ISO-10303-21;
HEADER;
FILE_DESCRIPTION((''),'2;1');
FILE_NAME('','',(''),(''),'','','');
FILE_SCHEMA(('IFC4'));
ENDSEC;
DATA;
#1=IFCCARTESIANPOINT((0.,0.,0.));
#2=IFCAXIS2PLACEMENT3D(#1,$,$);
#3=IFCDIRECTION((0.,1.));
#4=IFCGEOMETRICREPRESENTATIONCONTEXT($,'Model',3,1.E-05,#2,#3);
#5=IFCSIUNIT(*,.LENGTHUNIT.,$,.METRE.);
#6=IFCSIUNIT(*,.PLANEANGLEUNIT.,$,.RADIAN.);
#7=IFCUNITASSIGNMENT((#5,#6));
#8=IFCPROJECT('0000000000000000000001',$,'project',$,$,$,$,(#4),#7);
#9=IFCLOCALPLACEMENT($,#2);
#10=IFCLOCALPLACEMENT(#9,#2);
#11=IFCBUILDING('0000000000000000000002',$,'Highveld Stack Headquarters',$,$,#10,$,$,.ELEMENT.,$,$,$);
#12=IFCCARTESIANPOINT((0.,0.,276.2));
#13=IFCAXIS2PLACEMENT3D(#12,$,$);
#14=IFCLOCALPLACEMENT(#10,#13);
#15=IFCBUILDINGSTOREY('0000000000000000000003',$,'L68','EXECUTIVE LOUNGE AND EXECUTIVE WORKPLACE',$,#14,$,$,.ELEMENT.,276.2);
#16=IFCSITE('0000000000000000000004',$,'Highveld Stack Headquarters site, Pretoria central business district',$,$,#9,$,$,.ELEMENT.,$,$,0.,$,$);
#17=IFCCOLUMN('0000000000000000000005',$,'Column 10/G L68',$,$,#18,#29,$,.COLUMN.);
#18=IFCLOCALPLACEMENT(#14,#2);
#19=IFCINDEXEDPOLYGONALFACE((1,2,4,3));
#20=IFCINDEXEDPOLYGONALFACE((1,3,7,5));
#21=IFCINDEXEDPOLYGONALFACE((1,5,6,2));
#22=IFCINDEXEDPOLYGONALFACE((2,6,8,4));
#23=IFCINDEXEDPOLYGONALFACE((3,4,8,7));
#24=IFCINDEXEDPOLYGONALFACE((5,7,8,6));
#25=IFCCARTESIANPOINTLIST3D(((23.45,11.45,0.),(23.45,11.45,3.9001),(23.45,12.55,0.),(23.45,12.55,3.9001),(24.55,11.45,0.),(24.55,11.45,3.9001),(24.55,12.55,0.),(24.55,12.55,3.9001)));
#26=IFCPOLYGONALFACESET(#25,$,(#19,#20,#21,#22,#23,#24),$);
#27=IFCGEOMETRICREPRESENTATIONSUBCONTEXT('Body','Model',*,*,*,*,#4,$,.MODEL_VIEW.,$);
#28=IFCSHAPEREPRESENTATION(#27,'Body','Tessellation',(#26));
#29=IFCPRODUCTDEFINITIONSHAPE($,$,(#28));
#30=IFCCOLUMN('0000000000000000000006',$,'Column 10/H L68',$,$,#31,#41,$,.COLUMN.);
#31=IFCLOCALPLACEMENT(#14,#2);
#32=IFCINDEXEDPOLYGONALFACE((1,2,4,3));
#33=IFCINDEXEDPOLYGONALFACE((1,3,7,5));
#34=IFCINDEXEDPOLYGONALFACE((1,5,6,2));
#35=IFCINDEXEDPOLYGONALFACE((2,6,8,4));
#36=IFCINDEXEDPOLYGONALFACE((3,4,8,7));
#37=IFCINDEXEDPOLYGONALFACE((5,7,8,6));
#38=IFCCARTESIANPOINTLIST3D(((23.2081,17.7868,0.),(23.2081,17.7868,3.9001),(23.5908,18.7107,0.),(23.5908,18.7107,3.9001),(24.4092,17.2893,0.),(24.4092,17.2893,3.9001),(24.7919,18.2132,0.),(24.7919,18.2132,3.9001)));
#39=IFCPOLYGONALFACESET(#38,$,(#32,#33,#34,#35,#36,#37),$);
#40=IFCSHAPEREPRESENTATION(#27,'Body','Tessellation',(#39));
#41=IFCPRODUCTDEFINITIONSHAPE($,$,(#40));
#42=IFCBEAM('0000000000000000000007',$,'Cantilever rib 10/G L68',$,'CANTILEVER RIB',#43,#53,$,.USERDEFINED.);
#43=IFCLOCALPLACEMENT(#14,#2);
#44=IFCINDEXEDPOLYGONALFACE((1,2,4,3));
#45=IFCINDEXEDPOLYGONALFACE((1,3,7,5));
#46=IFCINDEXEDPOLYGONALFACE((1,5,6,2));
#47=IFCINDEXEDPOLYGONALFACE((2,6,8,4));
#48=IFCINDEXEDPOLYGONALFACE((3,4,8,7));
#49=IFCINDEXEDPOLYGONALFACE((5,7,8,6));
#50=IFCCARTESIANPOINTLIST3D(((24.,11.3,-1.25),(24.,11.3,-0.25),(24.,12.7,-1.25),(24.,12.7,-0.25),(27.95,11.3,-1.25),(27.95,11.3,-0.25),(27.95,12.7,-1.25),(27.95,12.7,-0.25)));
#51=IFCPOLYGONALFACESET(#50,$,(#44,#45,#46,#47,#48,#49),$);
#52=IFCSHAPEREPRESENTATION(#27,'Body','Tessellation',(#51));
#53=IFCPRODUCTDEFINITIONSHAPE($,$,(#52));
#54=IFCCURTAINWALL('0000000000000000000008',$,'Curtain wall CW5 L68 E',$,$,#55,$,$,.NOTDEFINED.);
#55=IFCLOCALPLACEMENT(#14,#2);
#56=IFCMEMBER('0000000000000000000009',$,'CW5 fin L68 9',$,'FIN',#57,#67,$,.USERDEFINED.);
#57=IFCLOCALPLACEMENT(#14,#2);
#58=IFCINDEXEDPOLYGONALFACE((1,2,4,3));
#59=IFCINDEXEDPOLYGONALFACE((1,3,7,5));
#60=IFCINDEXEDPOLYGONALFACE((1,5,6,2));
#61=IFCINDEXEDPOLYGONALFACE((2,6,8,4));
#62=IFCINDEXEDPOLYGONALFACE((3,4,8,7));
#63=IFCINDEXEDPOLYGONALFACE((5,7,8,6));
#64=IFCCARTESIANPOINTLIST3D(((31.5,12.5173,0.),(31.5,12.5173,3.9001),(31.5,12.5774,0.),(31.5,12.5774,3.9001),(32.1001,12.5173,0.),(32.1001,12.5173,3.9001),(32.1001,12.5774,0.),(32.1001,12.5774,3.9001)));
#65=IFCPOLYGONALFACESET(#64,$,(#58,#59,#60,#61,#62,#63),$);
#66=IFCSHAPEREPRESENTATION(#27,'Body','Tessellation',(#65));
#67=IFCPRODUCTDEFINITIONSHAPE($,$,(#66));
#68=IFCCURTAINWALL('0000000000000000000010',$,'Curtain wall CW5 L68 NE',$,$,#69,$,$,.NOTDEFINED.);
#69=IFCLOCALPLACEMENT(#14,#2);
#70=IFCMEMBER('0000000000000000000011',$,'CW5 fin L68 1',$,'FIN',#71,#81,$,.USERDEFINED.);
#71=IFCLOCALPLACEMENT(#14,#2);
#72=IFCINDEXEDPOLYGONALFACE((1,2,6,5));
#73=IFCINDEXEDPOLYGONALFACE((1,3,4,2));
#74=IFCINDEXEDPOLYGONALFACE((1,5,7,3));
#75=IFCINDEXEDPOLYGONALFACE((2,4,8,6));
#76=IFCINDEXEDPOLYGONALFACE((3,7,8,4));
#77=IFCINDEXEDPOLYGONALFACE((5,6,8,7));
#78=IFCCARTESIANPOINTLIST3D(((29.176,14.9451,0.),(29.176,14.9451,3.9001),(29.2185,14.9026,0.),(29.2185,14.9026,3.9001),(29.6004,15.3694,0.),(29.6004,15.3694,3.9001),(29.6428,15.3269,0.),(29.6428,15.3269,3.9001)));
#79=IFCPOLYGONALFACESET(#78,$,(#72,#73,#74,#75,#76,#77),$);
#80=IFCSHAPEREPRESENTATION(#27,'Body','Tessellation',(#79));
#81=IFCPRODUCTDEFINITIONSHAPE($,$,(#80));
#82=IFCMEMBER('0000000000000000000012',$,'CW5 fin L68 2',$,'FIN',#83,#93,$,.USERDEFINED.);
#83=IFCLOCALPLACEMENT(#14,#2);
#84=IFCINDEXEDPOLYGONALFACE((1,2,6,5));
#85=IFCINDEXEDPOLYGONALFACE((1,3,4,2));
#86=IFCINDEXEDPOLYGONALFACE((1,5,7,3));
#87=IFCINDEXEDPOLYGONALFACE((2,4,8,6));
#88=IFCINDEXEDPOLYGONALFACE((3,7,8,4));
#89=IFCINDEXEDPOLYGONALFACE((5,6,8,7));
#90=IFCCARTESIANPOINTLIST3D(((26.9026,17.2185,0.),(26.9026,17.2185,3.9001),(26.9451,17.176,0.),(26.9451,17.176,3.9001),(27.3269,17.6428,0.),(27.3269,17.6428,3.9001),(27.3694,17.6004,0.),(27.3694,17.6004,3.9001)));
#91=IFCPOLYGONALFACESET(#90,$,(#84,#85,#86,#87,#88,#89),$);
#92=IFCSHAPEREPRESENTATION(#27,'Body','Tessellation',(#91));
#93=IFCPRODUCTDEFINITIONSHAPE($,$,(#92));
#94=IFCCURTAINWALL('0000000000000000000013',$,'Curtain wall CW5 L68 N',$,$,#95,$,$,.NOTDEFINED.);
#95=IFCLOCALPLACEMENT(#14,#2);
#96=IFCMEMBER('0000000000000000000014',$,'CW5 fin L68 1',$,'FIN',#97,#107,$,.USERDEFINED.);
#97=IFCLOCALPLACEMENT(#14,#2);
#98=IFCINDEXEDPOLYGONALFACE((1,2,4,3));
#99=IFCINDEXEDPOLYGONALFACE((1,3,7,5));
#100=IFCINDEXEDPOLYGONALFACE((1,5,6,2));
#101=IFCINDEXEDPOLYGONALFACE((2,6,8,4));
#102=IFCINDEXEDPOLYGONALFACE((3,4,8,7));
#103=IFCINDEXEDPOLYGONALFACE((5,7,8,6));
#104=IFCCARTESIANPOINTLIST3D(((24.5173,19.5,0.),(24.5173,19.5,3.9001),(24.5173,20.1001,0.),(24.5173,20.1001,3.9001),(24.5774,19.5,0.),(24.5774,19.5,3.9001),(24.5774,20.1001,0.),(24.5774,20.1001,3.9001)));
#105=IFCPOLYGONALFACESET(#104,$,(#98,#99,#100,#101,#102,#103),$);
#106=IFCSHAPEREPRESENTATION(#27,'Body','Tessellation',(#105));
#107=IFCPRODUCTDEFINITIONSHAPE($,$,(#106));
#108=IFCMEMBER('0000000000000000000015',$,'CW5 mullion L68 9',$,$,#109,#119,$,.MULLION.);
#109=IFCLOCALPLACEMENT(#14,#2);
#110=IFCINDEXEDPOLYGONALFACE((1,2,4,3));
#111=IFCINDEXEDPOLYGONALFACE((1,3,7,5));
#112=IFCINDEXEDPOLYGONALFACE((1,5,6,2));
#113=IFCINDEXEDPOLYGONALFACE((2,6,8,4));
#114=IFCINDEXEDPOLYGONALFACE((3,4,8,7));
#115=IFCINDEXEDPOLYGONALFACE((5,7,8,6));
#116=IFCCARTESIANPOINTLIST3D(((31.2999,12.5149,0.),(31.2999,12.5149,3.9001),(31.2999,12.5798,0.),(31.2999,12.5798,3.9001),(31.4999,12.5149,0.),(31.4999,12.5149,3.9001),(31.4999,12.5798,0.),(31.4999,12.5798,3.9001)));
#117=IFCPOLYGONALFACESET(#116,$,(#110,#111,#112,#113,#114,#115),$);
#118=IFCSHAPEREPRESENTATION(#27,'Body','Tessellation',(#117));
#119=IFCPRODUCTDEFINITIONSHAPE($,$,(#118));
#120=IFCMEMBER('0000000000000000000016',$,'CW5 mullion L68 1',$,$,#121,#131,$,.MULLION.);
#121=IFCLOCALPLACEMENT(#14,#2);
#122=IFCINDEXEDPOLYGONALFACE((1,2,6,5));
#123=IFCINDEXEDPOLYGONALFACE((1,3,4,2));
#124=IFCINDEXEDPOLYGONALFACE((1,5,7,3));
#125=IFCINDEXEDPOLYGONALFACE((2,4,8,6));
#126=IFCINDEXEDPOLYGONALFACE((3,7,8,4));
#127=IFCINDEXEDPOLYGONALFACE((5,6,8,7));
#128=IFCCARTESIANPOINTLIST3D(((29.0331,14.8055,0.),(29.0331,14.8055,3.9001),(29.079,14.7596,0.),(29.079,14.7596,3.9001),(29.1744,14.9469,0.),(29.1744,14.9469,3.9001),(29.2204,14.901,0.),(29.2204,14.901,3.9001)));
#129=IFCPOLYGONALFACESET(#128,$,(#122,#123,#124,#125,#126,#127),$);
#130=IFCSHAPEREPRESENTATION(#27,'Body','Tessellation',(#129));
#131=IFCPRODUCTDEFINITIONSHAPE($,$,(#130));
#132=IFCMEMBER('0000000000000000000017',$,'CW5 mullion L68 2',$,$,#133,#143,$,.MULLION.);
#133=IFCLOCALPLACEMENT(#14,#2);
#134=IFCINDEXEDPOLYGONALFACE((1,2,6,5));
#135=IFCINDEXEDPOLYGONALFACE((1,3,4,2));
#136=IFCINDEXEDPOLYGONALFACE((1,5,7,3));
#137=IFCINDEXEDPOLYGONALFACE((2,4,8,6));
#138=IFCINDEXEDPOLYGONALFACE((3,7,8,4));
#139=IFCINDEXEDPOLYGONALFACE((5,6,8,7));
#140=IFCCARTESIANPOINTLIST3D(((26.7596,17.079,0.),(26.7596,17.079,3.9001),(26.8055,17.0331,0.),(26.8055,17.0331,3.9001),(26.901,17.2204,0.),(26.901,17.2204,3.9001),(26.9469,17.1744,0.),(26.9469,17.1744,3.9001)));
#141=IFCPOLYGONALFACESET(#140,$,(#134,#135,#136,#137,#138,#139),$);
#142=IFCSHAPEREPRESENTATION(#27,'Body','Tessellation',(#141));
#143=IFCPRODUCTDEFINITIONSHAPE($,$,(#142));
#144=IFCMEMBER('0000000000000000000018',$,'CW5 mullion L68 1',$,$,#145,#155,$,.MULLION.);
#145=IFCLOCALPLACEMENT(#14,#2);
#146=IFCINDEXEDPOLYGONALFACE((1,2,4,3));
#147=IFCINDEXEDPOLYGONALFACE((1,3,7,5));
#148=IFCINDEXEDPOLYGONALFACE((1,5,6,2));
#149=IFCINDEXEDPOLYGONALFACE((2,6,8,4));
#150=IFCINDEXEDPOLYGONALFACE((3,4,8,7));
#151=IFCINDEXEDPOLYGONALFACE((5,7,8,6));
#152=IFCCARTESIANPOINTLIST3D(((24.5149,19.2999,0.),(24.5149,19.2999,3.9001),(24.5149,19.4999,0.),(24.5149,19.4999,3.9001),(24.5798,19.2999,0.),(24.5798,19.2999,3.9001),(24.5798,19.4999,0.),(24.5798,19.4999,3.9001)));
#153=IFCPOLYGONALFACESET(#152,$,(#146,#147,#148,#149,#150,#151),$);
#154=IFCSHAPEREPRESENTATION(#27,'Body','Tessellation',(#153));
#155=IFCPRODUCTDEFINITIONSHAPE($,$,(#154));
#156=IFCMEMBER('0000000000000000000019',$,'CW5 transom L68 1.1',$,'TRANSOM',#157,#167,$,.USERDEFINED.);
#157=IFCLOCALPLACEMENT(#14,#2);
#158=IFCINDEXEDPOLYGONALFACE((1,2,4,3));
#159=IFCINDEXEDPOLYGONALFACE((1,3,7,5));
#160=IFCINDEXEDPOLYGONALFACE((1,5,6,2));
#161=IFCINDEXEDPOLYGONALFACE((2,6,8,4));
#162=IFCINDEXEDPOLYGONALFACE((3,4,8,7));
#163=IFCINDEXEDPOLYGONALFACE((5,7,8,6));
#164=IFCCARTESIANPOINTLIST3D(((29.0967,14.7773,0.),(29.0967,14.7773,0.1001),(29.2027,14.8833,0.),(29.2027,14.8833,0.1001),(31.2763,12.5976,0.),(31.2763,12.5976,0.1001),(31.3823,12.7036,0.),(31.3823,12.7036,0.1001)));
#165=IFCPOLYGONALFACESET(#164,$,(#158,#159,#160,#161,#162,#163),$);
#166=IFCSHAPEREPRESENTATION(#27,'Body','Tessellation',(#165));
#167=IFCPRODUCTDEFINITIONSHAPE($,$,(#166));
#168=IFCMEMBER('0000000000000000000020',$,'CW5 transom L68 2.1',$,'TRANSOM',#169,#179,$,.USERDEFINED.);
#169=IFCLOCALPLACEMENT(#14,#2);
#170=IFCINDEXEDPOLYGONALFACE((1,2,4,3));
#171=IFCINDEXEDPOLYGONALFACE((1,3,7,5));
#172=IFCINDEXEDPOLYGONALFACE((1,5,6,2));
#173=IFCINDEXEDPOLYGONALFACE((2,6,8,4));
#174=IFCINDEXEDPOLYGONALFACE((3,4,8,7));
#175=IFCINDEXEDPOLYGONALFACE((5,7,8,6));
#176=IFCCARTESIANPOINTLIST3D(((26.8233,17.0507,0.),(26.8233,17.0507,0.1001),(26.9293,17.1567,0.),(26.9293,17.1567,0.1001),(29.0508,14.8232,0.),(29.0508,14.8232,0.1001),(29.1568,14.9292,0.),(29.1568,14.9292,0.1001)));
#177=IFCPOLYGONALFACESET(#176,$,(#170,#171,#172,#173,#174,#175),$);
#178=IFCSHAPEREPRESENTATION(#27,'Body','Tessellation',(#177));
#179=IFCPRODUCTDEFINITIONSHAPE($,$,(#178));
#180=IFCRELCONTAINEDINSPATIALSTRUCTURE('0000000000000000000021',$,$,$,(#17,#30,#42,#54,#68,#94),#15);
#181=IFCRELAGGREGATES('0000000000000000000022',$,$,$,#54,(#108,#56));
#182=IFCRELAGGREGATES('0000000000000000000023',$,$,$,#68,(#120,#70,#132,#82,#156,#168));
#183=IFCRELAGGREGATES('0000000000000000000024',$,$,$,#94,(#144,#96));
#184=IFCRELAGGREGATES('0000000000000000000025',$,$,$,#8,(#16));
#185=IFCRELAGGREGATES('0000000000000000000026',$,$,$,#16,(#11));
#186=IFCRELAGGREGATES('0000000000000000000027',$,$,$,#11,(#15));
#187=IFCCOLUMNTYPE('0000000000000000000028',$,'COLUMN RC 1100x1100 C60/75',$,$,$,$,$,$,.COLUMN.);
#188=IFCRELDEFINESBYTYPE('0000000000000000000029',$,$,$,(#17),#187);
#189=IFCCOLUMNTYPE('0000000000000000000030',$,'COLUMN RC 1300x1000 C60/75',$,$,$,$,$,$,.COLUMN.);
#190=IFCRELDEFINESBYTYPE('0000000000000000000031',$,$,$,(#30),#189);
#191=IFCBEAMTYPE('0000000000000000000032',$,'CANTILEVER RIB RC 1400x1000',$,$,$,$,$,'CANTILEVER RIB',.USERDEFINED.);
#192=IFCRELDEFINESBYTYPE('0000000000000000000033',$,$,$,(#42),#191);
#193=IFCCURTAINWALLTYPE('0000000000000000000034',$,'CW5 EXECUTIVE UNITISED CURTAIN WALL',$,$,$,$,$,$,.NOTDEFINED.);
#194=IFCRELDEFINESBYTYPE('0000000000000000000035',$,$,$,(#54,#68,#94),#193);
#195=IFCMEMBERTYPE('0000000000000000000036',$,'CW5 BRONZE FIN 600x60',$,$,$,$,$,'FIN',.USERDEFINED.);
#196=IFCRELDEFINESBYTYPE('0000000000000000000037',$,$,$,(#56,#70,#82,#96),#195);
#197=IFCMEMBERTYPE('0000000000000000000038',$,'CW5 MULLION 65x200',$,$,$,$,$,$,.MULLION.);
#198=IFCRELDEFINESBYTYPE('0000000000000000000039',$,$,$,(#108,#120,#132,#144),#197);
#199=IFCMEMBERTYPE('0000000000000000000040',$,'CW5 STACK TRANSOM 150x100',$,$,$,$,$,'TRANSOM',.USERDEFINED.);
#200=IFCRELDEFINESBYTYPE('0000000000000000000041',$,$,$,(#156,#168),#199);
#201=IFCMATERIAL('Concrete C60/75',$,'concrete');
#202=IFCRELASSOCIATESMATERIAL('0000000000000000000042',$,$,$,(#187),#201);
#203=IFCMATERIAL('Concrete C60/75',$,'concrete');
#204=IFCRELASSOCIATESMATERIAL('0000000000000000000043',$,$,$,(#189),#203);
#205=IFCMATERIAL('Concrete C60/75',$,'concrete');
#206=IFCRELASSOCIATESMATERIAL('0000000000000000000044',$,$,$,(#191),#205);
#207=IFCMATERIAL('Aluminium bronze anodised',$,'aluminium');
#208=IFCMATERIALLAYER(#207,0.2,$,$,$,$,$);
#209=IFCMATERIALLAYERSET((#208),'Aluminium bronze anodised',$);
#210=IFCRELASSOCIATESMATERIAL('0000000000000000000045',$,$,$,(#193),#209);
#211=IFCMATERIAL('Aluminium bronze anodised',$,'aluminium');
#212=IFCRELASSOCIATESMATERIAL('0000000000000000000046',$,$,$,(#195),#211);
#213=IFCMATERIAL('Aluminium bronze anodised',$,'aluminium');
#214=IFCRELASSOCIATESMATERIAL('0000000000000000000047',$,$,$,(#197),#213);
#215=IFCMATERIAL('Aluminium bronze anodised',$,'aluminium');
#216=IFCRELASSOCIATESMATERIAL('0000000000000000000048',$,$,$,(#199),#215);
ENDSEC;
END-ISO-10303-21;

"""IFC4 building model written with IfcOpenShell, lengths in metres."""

from ifc_helpers import new_model, si_unit, direction, frame, origin, origin_2d, place, context, subcontext, project, spatial, rectangle, extrude, material, layer, layer_set, material_profile, profile_set, type_object, element, aggregate, save


model = new_model("IFC4")

# Units and contexts
model_context = context("Model", 3, precision=1e-05, world=origin(), true_north=direction((0.0, 1.0)))
body_context = subcontext(model_context, "Body", "Model", "MODEL_VIEW")
ifc_project = project(units=[si_unit("LENGTHUNIT", "METRE"), si_unit("PLANEANGLEUNIT", "RADIAN")], contexts=[model_context])

# Site, building, storey
site_placement = place(None, origin())
site = spatial("IfcSite", under=ifc_project, at=site_placement, Name="Highveld Stack Headquarters site, Pretoria central business district", CompositionType="ELEMENT", RefElevation=0.0)
building_placement = place(site_placement, origin())
building = spatial("IfcBuilding", under=site, at=building_placement, Name="Highveld Stack Headquarters", CompositionType="ELEMENT")
storey_placement = place(building_placement, frame((0.0, 0.0, 276.2)))
storey = spatial("IfcBuildingStorey", under=building, at=storey_placement, Name="L68", Description="EXECUTIVE LOUNGE AND EXECUTIVE WORKPLACE", CompositionType="ELEMENT", Elevation=276.2)

# Columns
ifc_material_1 = material(Name="Concrete C60/75", Category="concrete")
ifc_material_profile_1 = material_profile(ifc_material_1, rectangle(XDim=1.1001, YDim=1.1001, at=origin_2d()), Name="RC 1100x1100")
ifc_profile_set_1 = profile_set([ifc_material_profile_1], Name="Concrete C60/75")
column_type_1 = type_object("IfcColumnType", Name="COLUMN RC 1100x1100 C60/75", PredefinedType="COLUMN", material=ifc_profile_set_1)
column_1_placement = place(storey_placement, frame((24.0, 12.0, 0.0), z_axis=(0.0, 0.0, 1.0), x_axis=(1.0, 0.0, 0.0)))
element("IfcColumn", 1, at=column_1_placement, inside=storey, type_object=column_type_1, Name="Column 10/G L68", PredefinedType="COLUMN", context=body_context, shape_type="SweptSolid", body=[
    extrude(rectangle(XDim=1.1001, YDim=1.1001, at=origin_2d()), origin(), (0.0, 0.0, 1.0), 3.9001),
])
ifc_material_2 = material(Name="Concrete C60/75", Category="concrete")
ifc_material_profile_2 = material_profile(ifc_material_2, rectangle(XDim=1.3, YDim=1.0, at=origin_2d()), Name="RC 1300x1000")
ifc_profile_set_2 = profile_set([ifc_material_profile_2], Name="Concrete C60/75")
column_type_2 = type_object("IfcColumnType", Name="COLUMN RC 1300x1000 C60/75", PredefinedType="COLUMN", material=ifc_profile_set_2)
column_2_placement = place(storey_placement, frame((24.0, 18.0, 0.0), z_axis=(0.0, 0.0, 1.0), x_axis=(0.92388, -0.382683, 0.0)))
element("IfcColumn", 2, at=column_2_placement, inside=storey, type_object=column_type_2, Name="Column 10/H L68", PredefinedType="COLUMN", context=body_context, shape_type="SweptSolid", body=[
    extrude(rectangle(XDim=1.3, YDim=1.0, at=origin_2d()), origin(), (0.0, 0.0, 1.0), 3.9001),
])

# Beam
ifc_material_3 = material(Name="Concrete C60/75", Category="concrete")
ifc_material_profile_3 = material_profile(ifc_material_3, rectangle(XDim=1.3999, YDim=1.0, at=origin_2d()), Name="RC 1400x1000")
ifc_profile_set_3 = profile_set([ifc_material_profile_3], Name="Concrete C60/75")
beam_type = type_object("IfcBeamType", Name="CANTILEVER RIB RC 1400x1000", ElementType="CANTILEVER RIB", PredefinedType="USERDEFINED", material=ifc_profile_set_3)
beam_placement = place(storey_placement, frame((24.0, 12.0, -0.75), z_axis=(1.0, 0.0, 0.0), x_axis=(0.0, 1.0, 0.0)))
element("IfcBeam", 3, at=beam_placement, inside=storey, type_object=beam_type, Name="Cantilever rib 10/G L68", ObjectType="CANTILEVER RIB", PredefinedType="USERDEFINED", context=body_context, shape_type="SweptSolid", body=[
    extrude(rectangle(XDim=1.3999, YDim=1.0, at=origin_2d()), origin(), (0.0, 0.0, 1.0), 3.95),
])

# Curtain wall, member
ifc_material_4 = material(Name="Aluminium bronze anodised", Category="aluminium")
ifc_layer_1 = layer(ifc_material_4, 0.2)
ifc_layer_set_1 = layer_set([ifc_layer_1], Name="Aluminium bronze anodised")
curtain_wall_type = type_object("IfcCurtainWallType", Name="CW5 EXECUTIVE UNITISED CURTAIN WALL", PredefinedType="NOTDEFINED", material=ifc_layer_set_1)
curtain_wall_1_placement = place(storey_placement, origin())
curtain_wall_1 = element("IfcCurtainWall", 4, at=curtain_wall_1_placement, inside=storey, type_object=curtain_wall_type, Name="Curtain wall CW5 L68 E", PredefinedType="NOTDEFINED")
ifc_material_5 = material(Name="Aluminium bronze anodised", Category="aluminium")
ifc_material_profile_4 = material_profile(ifc_material_5, rectangle(XDim=0.6001, YDim=0.0601, at=origin_2d()), Name="FIN 600x60")
ifc_profile_set_4 = profile_set([ifc_material_profile_4], Name="Aluminium bronze anodised")
member_type_1 = type_object("IfcMemberType", Name="CW5 BRONZE FIN 600x60", ElementType="FIN", PredefinedType="USERDEFINED", material=ifc_profile_set_4)
member_1_placement = place(storey_placement, frame((31.8, 12.5474, 0.0), z_axis=(0.0, 0.0, 1.0), x_axis=(-1.0, 0.0, 0.0)))
member_1 = element("IfcMember", 5, at=member_1_placement, type_object=member_type_1, Name="CW5 fin L68 9", ObjectType="FIN", PredefinedType="USERDEFINED", context=body_context, shape_type="SweptSolid", body=[
    extrude(rectangle(XDim=0.6001, YDim=0.0601, at=origin_2d()), origin(), (0.0, 0.0, 1.0), 3.9001),
])

# Curtain wall, members
curtain_wall_2_placement = place(storey_placement, origin())
curtain_wall_2 = element("IfcCurtainWall", 6, at=curtain_wall_2_placement, inside=storey, type_object=curtain_wall_type, Name="Curtain wall CW5 L68 NE", PredefinedType="NOTDEFINED")
member_2_placement = place(storey_placement, frame((29.4094, 15.136, 0.0), z_axis=(0.0, 0.0, 1.0), x_axis=(-0.707107, -0.707107, 0.0)))
member_2 = element("IfcMember", 7, at=member_2_placement, type_object=member_type_1, Name="CW5 fin L68 1", ObjectType="FIN", PredefinedType="USERDEFINED", context=body_context, shape_type="SweptSolid", body=[
    extrude(rectangle(XDim=0.6001, YDim=0.0601, at=origin_2d()), origin(), (0.0, 0.0, 1.0), 3.9001),
])
member_3_placement = place(storey_placement, frame((27.136, 17.4094, 0.0), z_axis=(0.0, 0.0, 1.0), x_axis=(-0.707107, -0.707107, 0.0)))
member_3 = element("IfcMember", 8, at=member_3_placement, type_object=member_type_1, Name="CW5 fin L68 2", ObjectType="FIN", PredefinedType="USERDEFINED", context=body_context, shape_type="SweptSolid", body=[
    extrude(rectangle(XDim=0.6001, YDim=0.0601, at=origin_2d()), origin(), (0.0, 0.0, 1.0), 3.9001),
])

# Curtain wall, member
curtain_wall_3_placement = place(storey_placement, origin())
curtain_wall_3 = element("IfcCurtainWall", 9, at=curtain_wall_3_placement, inside=storey, type_object=curtain_wall_type, Name="Curtain wall CW5 L68 N", PredefinedType="NOTDEFINED")
member_4_placement = place(storey_placement, frame((24.5474, 19.8, 0.0), z_axis=(0.0, 0.0, 1.0), x_axis=(0.0, -1.0, 0.0)))
member_4 = element("IfcMember", 10, at=member_4_placement, type_object=member_type_1, Name="CW5 fin L68 1", ObjectType="FIN", PredefinedType="USERDEFINED", context=body_context, shape_type="SweptSolid", body=[
    extrude(rectangle(XDim=0.6001, YDim=0.0601, at=origin_2d()), origin(), (0.0, 0.0, 1.0), 3.9001),
])

# Members
ifc_material_6 = material(Name="Aluminium bronze anodised", Category="aluminium")
ifc_material_profile_5 = material_profile(ifc_material_6, rectangle(XDim=0.2, YDim=0.0649, at=origin_2d()), Name="CW5 MULLION 65x200")
ifc_profile_set_5 = profile_set([ifc_material_profile_5], Name="Aluminium bronze anodised")
member_type_2 = type_object("IfcMemberType", Name="CW5 MULLION 65x200", PredefinedType="MULLION", material=ifc_profile_set_5)
member_5_placement = place(storey_placement, frame((31.3999, 12.5474, 0.0), z_axis=(0.0, 0.0, 1.0), x_axis=(-1.0, 0.0, 0.0)))
member_5 = element("IfcMember", 11, at=member_5_placement, type_object=member_type_2, Name="CW5 mullion L68 9", PredefinedType="MULLION", context=body_context, shape_type="SweptSolid", body=[
    extrude(rectangle(XDim=0.2, YDim=0.0649, at=origin_2d()), origin(), (0.0, 0.0, 1.0), 3.9001),
])
member_6_placement = place(storey_placement, frame((29.1267, 14.8533, 0.0), z_axis=(0.0, 0.0, 1.0), x_axis=(-0.707107, -0.707107, 0.0)))
member_6 = element("IfcMember", 12, at=member_6_placement, type_object=member_type_2, Name="CW5 mullion L68 1", PredefinedType="MULLION", context=body_context, shape_type="SweptSolid", body=[
    extrude(rectangle(XDim=0.2, YDim=0.0649, at=origin_2d()), origin(), (0.0, 0.0, 1.0), 3.9001),
])
member_7_placement = place(storey_placement, frame((26.8533, 17.1267, 0.0), z_axis=(0.0, 0.0, 1.0), x_axis=(-0.707107, -0.707107, 0.0)))
member_7 = element("IfcMember", 13, at=member_7_placement, type_object=member_type_2, Name="CW5 mullion L68 2", PredefinedType="MULLION", context=body_context, shape_type="SweptSolid", body=[
    extrude(rectangle(XDim=0.2, YDim=0.0649, at=origin_2d()), origin(), (0.0, 0.0, 1.0), 3.9001),
])
member_8_placement = place(storey_placement, frame((24.5474, 19.3999, 0.0), z_axis=(0.0, 0.0, 1.0), x_axis=(0.0, -1.0, 0.0)))
member_8 = element("IfcMember", 14, at=member_8_placement, type_object=member_type_2, Name="CW5 mullion L68 1", PredefinedType="MULLION", context=body_context, shape_type="SweptSolid", body=[
    extrude(rectangle(XDim=0.2, YDim=0.0649, at=origin_2d()), origin(), (0.0, 0.0, 1.0), 3.9001),
])
ifc_material_7 = material(Name="Aluminium bronze anodised", Category="aluminium")
ifc_material_profile_6 = material_profile(ifc_material_7, rectangle(XDim=0.1499, YDim=0.1001, at=origin_2d()), Name="CW5 TRANSOM 150x100")
ifc_profile_set_6 = profile_set([ifc_material_profile_6], Name="Aluminium bronze anodised")
member_type_3 = type_object("IfcMemberType", Name="CW5 STACK TRANSOM 150x100", ElementType="TRANSOM", PredefinedType="USERDEFINED", material=ifc_profile_set_6)
member_9_placement = place(storey_placement, frame((31.3293, 12.6506, 0.05), z_axis=(-0.707107, 0.707107, 0.0), x_axis=(-0.707107, -0.707107, 0.0)))
member_9 = element("IfcMember", 15, at=member_9_placement, type_object=member_type_3, Name="CW5 transom L68 1.1", ObjectType="TRANSOM", PredefinedType="USERDEFINED", context=body_context, shape_type="SweptSolid", body=[
    extrude(rectangle(XDim=0.1499, YDim=0.1001, at=origin_2d()), origin(), (0.0, 0.0, 1.0), 3.0825),
])
member_10_placement = place(storey_placement, frame((29.1038, 14.8762, 0.05), z_axis=(-0.707107, 0.707107, 0.0), x_axis=(-0.707107, -0.707107, 0.0)))
member_10 = element("IfcMember", 16, at=member_10_placement, type_object=member_type_3, Name="CW5 transom L68 2.1", ObjectType="TRANSOM", PredefinedType="USERDEFINED", context=body_context, shape_type="SweptSolid", body=[
    extrude(rectangle(XDim=0.1499, YDim=0.1001, at=origin_2d()), origin(), (0.0, 0.0, 1.0), 3.1501),
])

aggregate(curtain_wall_1, [member_5, member_1])
aggregate(curtain_wall_2, [member_6, member_2, member_7, member_3, member_9, member_10])
aggregate(curtain_wall_3, [member_8, member_4])

save(model, "model.ifc")
